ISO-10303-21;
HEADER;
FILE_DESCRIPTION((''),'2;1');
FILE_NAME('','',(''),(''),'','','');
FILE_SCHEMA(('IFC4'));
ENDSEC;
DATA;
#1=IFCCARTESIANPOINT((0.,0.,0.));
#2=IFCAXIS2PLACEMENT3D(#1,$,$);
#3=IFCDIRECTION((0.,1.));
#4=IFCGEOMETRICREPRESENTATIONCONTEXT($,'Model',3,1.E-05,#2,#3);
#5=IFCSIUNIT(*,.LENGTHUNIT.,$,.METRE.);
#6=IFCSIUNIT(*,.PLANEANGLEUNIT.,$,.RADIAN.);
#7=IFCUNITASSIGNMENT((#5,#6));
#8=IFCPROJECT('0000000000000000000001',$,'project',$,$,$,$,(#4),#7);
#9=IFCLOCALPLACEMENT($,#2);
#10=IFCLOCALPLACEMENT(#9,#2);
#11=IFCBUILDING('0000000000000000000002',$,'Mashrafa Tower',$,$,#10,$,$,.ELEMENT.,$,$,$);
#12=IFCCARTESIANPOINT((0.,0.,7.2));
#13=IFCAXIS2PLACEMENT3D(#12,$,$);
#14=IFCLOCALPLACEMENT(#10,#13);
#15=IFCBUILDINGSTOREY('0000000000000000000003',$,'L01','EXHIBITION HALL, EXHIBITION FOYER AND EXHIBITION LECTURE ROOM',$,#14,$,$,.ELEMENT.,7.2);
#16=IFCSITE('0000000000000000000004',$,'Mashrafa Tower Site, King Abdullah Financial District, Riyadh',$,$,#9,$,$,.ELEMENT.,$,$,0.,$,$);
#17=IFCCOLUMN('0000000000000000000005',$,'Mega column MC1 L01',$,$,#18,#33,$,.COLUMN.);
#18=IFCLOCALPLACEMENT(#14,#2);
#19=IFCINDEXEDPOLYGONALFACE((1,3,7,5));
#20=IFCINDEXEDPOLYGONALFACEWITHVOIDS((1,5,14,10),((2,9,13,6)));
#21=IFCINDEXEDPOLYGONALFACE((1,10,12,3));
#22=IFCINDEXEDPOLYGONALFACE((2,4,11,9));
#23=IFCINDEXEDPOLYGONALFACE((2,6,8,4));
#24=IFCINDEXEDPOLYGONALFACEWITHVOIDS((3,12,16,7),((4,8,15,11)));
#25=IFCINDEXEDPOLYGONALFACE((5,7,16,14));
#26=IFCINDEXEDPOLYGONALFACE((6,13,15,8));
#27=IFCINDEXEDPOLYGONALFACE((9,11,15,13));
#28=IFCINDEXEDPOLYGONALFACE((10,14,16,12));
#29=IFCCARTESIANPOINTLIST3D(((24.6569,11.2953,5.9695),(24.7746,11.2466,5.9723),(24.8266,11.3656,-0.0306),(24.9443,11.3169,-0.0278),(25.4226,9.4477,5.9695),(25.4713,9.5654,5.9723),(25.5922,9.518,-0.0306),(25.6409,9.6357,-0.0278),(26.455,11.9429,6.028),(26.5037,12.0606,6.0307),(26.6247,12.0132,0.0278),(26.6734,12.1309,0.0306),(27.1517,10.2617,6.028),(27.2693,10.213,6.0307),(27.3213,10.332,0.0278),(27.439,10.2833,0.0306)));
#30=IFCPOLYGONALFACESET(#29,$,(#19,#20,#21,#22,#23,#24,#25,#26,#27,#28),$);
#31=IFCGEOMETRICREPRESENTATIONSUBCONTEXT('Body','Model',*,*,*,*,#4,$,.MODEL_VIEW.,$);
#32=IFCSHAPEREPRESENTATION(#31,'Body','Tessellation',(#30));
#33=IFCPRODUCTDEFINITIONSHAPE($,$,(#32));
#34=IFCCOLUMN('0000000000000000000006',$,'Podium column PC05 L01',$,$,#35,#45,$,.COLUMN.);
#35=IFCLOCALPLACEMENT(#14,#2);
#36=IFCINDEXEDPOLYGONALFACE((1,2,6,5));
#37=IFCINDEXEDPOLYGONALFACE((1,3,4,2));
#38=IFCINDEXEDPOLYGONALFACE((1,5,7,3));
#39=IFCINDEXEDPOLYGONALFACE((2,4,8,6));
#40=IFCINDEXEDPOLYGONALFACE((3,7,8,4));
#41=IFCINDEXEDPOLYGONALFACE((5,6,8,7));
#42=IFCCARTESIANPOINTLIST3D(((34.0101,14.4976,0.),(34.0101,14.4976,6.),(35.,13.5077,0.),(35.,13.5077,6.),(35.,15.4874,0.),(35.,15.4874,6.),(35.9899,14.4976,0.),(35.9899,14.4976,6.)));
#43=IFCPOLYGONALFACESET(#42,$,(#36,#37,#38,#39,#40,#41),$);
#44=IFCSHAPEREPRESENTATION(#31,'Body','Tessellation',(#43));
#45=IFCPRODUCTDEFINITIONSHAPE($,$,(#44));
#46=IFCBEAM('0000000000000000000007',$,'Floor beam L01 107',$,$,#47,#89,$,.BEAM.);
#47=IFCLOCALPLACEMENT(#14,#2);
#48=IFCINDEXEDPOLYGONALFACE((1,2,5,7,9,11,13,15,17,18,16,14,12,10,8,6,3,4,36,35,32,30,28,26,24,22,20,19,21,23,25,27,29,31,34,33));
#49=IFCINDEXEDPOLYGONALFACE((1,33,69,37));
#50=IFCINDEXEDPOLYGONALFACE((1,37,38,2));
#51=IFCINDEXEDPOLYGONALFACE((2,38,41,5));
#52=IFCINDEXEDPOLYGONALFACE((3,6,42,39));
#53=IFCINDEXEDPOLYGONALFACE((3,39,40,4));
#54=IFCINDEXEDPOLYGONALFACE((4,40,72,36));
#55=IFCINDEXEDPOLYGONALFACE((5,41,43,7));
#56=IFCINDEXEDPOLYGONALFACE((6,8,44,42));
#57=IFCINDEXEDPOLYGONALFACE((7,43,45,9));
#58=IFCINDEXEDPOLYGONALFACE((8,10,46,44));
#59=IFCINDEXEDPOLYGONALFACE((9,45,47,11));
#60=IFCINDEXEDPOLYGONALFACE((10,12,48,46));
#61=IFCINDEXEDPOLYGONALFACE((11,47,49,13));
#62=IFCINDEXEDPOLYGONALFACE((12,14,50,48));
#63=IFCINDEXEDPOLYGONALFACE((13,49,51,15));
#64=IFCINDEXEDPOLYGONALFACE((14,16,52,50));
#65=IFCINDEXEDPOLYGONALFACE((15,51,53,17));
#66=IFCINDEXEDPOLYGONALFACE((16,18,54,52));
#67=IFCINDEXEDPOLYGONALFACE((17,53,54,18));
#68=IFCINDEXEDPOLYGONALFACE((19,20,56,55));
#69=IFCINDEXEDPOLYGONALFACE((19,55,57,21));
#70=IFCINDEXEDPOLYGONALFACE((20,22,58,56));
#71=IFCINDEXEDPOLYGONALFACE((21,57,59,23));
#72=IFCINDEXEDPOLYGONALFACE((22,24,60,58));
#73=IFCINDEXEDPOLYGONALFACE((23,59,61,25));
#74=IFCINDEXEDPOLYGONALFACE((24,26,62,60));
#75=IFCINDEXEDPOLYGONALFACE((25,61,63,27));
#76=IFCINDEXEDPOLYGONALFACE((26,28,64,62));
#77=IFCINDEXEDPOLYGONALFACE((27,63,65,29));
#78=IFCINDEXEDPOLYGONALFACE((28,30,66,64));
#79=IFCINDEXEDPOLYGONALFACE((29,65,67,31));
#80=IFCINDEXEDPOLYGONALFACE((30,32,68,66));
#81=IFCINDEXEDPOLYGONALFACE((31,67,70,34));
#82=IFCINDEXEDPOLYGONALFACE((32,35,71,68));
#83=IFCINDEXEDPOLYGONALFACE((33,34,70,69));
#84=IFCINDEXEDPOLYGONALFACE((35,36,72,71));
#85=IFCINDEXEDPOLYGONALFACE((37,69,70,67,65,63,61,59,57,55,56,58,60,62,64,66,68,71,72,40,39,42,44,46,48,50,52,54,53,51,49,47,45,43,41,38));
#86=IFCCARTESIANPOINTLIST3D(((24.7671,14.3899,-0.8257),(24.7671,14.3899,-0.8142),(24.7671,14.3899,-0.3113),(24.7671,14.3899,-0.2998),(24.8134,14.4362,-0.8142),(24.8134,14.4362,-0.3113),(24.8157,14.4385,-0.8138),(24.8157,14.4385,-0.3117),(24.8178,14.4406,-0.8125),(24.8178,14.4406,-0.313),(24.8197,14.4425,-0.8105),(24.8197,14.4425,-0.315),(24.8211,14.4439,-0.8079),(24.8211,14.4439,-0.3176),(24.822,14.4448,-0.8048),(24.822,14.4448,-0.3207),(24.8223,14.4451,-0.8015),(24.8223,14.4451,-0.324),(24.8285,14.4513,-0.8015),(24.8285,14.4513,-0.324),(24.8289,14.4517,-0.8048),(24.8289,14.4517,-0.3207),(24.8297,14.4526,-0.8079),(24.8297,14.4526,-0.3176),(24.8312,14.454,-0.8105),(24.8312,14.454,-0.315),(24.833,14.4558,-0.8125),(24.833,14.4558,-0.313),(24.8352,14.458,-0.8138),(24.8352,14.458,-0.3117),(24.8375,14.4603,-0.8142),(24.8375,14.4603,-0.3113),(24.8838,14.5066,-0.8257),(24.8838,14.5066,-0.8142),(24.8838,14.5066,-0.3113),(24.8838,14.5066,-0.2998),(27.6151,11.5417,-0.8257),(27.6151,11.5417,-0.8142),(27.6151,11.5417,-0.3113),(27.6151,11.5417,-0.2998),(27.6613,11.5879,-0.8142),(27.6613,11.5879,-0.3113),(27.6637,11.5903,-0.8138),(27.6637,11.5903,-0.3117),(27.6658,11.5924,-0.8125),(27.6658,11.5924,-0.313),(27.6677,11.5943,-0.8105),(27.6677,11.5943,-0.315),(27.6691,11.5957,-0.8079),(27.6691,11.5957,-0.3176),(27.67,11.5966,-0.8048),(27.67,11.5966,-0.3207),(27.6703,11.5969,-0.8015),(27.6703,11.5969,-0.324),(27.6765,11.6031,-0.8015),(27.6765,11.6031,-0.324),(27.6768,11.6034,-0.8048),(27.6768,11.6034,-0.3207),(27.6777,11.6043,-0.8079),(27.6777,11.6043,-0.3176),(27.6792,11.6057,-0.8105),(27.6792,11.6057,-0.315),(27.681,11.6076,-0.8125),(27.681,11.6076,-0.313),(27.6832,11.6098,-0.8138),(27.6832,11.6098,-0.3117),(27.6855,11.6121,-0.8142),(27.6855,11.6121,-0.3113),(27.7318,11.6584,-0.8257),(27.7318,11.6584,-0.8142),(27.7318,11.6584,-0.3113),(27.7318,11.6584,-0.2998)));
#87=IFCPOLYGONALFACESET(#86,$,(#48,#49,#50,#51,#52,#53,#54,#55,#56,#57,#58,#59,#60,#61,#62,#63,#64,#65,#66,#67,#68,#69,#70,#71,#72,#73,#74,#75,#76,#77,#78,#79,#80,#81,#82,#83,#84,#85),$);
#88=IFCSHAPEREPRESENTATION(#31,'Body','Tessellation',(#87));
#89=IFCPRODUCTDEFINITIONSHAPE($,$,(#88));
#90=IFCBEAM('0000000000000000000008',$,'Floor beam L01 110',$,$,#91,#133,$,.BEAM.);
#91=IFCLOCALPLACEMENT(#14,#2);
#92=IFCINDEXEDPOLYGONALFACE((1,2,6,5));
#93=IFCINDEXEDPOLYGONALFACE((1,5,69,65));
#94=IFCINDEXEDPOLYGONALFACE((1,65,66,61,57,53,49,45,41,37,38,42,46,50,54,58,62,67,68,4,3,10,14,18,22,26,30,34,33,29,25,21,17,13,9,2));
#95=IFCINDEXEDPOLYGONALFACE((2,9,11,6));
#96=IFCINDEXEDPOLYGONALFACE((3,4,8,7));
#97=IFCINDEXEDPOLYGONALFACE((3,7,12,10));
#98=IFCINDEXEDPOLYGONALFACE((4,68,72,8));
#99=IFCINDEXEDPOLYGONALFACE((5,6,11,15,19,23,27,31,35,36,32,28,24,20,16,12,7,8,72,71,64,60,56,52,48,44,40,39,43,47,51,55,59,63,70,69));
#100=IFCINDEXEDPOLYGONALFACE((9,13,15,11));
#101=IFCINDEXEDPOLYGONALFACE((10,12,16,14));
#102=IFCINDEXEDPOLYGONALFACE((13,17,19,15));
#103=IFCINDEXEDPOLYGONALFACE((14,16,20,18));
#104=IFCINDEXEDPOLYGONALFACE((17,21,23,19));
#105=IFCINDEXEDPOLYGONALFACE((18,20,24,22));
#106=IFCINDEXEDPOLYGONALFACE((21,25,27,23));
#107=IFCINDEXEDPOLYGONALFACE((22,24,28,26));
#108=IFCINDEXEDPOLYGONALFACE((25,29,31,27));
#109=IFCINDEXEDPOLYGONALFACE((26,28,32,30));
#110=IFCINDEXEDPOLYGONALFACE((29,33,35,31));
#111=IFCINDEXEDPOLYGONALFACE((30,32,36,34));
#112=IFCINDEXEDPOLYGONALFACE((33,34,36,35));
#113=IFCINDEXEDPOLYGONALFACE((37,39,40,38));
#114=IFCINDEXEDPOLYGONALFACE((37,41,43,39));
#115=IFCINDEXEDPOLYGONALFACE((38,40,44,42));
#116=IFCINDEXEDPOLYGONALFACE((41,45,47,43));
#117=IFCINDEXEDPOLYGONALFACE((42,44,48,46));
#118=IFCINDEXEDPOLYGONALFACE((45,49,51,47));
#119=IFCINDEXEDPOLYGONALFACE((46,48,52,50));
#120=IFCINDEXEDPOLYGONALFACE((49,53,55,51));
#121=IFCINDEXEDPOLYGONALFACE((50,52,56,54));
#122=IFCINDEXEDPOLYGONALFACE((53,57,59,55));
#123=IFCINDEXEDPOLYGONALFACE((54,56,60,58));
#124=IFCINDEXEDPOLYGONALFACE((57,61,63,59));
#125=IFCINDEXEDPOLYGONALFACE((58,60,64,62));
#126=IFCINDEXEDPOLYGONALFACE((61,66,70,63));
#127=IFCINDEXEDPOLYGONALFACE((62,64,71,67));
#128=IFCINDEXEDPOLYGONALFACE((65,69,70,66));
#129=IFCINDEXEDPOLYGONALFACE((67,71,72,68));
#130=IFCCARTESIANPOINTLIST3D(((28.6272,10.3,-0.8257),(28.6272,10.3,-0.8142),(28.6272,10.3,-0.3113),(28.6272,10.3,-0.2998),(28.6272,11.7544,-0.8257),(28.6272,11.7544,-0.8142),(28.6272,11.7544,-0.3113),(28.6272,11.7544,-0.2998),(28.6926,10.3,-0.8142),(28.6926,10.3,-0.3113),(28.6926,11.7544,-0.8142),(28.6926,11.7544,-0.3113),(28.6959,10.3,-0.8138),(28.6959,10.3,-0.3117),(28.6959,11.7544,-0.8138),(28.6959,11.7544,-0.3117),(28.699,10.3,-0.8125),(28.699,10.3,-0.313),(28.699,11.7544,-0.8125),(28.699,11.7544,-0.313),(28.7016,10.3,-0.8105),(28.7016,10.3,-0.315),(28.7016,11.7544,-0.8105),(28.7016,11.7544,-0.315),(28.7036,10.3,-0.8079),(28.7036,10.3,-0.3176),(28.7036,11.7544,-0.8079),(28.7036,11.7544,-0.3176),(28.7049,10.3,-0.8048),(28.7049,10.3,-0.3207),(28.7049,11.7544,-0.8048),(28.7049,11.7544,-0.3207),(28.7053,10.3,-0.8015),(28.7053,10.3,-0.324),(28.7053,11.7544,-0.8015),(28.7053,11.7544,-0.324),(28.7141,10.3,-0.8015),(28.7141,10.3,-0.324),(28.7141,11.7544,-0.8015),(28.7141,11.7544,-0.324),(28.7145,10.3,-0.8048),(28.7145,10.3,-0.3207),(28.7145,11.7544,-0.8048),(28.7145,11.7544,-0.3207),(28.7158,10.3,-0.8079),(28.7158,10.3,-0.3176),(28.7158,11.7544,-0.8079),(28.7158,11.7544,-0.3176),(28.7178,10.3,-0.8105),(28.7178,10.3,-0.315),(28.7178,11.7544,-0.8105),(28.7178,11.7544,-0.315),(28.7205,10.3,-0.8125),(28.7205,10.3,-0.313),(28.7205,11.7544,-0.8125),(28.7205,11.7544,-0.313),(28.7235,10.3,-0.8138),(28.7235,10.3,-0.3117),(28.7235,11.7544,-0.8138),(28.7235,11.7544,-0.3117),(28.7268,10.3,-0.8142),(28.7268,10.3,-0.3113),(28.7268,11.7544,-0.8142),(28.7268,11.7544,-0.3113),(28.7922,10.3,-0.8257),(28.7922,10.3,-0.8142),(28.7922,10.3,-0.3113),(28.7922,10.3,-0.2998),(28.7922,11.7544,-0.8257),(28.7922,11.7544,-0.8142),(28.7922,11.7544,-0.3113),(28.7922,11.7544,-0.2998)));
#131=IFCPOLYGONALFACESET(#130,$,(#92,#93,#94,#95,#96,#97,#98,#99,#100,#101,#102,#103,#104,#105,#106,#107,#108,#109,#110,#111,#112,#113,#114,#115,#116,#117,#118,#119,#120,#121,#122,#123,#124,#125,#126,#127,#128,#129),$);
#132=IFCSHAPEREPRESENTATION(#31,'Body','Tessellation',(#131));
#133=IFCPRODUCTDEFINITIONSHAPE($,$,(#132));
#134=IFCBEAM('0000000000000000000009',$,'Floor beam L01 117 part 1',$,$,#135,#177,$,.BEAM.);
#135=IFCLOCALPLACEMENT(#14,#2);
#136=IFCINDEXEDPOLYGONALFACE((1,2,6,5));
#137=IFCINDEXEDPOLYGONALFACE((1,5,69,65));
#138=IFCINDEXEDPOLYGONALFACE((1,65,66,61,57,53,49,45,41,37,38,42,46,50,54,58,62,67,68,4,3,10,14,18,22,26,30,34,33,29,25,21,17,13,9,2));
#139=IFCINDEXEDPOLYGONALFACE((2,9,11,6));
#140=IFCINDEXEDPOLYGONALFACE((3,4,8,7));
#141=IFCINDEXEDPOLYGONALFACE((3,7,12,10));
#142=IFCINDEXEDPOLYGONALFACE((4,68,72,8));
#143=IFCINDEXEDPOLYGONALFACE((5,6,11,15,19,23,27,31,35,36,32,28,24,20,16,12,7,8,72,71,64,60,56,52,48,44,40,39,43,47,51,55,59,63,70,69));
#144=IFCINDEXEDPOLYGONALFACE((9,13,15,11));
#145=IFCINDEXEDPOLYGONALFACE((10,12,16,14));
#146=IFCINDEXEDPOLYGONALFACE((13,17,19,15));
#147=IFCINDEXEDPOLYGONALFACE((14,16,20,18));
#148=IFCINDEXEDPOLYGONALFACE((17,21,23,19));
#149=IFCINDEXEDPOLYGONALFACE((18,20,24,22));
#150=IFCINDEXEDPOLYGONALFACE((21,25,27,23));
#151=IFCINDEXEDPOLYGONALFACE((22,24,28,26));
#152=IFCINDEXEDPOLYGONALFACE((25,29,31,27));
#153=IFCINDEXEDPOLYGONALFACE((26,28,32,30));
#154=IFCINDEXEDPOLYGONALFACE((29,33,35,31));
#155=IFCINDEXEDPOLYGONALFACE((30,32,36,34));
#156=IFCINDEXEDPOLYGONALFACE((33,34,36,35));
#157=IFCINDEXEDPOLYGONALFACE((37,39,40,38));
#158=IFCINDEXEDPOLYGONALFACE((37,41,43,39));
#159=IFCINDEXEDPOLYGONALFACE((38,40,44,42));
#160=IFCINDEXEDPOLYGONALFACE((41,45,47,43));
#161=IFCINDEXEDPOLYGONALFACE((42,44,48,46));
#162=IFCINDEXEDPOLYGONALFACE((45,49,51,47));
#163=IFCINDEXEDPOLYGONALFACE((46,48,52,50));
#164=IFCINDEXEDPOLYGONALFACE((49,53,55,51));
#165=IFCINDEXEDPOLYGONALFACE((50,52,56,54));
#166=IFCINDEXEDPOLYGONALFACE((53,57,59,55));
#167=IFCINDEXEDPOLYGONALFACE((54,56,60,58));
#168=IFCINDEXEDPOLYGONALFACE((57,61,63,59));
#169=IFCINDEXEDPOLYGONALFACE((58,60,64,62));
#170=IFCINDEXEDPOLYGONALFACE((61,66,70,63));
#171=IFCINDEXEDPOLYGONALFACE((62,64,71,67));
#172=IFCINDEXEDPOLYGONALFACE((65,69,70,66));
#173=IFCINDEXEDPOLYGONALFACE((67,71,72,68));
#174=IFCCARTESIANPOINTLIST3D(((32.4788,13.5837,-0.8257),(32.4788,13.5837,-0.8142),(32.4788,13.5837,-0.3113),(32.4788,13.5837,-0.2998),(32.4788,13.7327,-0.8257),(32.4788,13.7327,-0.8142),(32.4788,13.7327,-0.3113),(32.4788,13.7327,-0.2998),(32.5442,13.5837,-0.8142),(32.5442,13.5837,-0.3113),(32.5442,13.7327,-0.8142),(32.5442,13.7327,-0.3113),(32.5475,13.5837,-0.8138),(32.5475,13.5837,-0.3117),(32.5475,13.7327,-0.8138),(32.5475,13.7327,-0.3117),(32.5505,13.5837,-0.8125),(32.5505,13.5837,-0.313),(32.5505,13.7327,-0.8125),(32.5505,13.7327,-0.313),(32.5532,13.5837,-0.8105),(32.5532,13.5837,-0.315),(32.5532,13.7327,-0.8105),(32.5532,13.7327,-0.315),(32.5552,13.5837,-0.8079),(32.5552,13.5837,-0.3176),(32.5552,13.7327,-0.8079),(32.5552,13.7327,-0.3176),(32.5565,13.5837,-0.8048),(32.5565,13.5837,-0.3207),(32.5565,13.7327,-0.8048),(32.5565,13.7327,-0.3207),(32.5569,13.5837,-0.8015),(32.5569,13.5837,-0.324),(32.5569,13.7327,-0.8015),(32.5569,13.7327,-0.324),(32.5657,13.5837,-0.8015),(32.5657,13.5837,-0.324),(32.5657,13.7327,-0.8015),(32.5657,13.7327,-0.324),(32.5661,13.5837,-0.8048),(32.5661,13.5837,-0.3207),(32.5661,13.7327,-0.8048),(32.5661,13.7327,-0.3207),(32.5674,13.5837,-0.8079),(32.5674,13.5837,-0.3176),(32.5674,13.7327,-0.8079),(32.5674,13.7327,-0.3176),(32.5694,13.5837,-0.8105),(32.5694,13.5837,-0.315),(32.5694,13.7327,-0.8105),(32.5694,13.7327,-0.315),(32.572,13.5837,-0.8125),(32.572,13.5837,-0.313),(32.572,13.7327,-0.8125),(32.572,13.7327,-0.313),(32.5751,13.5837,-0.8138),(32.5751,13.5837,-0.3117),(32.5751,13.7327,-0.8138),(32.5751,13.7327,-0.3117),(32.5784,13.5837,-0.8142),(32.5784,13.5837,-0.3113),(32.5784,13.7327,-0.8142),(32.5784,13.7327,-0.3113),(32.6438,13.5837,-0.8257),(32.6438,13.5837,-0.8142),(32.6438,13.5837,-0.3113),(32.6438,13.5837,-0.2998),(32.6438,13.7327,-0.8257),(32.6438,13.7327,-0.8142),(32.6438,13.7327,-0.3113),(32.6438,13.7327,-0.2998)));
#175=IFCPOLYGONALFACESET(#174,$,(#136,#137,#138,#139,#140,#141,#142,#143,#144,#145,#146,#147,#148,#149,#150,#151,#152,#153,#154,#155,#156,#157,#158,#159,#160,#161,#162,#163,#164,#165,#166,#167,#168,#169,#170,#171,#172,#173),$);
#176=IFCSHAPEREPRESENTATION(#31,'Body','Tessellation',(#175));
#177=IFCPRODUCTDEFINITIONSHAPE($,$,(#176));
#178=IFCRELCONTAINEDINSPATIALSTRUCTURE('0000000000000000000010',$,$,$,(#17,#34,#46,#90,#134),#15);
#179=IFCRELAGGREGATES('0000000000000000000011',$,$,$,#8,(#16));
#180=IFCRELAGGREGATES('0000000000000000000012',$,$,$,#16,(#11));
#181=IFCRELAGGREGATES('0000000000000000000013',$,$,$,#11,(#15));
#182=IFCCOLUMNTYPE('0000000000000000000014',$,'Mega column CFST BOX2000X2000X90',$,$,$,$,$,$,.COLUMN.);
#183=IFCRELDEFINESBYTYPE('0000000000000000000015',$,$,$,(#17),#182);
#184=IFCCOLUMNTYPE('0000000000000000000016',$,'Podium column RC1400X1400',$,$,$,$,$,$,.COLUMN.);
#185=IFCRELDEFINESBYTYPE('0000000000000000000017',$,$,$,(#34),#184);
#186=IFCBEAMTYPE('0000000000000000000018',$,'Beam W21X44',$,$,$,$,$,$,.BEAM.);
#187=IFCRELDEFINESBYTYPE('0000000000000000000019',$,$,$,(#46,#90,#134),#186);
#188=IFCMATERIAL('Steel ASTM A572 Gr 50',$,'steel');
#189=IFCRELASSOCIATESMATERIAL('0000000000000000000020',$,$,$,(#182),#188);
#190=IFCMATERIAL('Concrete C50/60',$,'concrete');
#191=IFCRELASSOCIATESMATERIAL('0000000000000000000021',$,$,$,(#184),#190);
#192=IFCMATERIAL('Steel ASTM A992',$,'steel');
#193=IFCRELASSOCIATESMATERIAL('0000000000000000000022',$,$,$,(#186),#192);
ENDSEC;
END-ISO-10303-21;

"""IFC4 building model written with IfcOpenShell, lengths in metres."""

from ifc_helpers import new_model, si_unit, direction, frame, origin, origin_2d, place, context, subcontext, project, spatial, rectangle, hollow_rectangle, i_section, extrude, material, material_profile, profile_set, type_object, element, save


model = new_model("IFC4")

# Units and contexts
model_context = context("Model", 3, precision=1e-05, world=origin(), true_north=direction((0.0, 1.0)))
body_context = subcontext(model_context, "Body", "Model", "MODEL_VIEW")
ifc_project = project(units=[si_unit("LENGTHUNIT", "METRE"), si_unit("PLANEANGLEUNIT", "RADIAN")], contexts=[model_context])

# Site, building, storey
site_placement = place(None, origin())
site = spatial("IfcSite", under=ifc_project, at=site_placement, Name="Mashrafa Tower Site, King Abdullah Financial District, Riyadh", CompositionType="ELEMENT", RefElevation=0.0)
building_placement = place(site_placement, origin())
building = spatial("IfcBuilding", under=site, at=building_placement, Name="Mashrafa Tower", CompositionType="ELEMENT")
storey_placement = place(building_placement, frame((0.0, 0.0, 7.2)))
storey = spatial("IfcBuildingStorey", under=building, at=storey_placement, Name="L01", Description="EXHIBITION HALL, EXHIBITION FOYER AND EXHIBITION LECTURE ROOM", CompositionType="ELEMENT", Elevation=7.2)

# Columns
ifc_material_1 = material(Name="Steel ASTM A572 Gr 50", Category="steel")
ifc_material_profile_1 = material_profile(ifc_material_1, hollow_rectangle(XDim=2.0, YDim=2.0, WallThickness=0.0901, at=origin_2d()), Name="BOX2000X2000X90")
ifc_profile_set_1 = profile_set([ifc_material_profile_1], Name="Steel ASTM A572 Gr 50")
column_type_1 = type_object("IfcColumnType", Name="Mega column CFST BOX2000X2000X90", PredefinedType="COLUMN", material=ifc_profile_set_1)
column_1_placement = place(storey_placement, frame((26.1328, 10.8245, 0.0), z_axis=(-0.028266, -0.011713, 0.999532), x_axis=(0.382821, -0.923822, 0.0)))
element("IfcColumn", 1, at=column_1_placement, inside=storey, type_object=column_type_1, Name="Mega column MC1 L01", PredefinedType="COLUMN", context=body_context, shape_type="SweptSolid", body=[
    extrude(hollow_rectangle(XDim=2.0, YDim=2.0, WallThickness=0.0901, at=origin_2d()), origin(), (0.0, 0.0, 1.0), 6.0029),
])
ifc_material_2 = material(Name="Concrete C50/60", Category="concrete")
ifc_material_profile_2 = material_profile(ifc_material_2, rectangle(XDim=1.3999, YDim=1.3999, at=origin_2d()), Name="RC1400X1400")
ifc_profile_set_2 = profile_set([ifc_material_profile_2], Name="Concrete C50/60")
column_type_2 = type_object("IfcColumnType", Name="Podium column RC1400X1400", PredefinedType="COLUMN", material=ifc_profile_set_2)
column_2_placement = place(storey_placement, frame((35.0, 14.4976, 0.0), z_axis=(0.0, 0.0, 1.0), x_axis=(0.707107, 0.707107, 0.0)))
element("IfcColumn", 2, at=column_2_placement, inside=storey, type_object=column_type_2, Name="Podium column PC05 L01", PredefinedType="COLUMN", context=body_context, shape_type="SweptSolid", body=[
    extrude(rectangle(XDim=1.3999, YDim=1.3999, at=origin_2d()), origin(), (0.0, 0.0, 1.0), 6.0),
])

# Beams
ifc_material_3 = material(Name="Steel ASTM A992", Category="steel")
ifc_material_profile_3 = material_profile(ifc_material_3, i_section(OverallWidth=0.165, OverallDepth=0.5259, WebThickness=0.0088, FlangeThickness=0.0115, FilletRadius=0.0127, at=origin_2d()), Name="W21X44")
ifc_profile_set_3 = profile_set([ifc_material_profile_3], Name="Steel ASTM A992")
beam_type_1 = type_object("IfcBeamType", Name="Beam W21X44", PredefinedType="BEAM", material=ifc_profile_set_3)
beam_1_placement = place(storey_placement, frame((24.8254, 14.4482, -0.5627), z_axis=(0.707076, -0.707137, 0.0), x_axis=(0.707137, 0.707076, 0.0)))
element("IfcBeam", 3, at=beam_1_placement, inside=storey, type_object=beam_type_1, Name="Floor beam L01 107", PredefinedType="BEAM", context=body_context, shape_type="SweptSolid", body=[
    extrude(i_section(OverallWidth=0.165, OverallDepth=0.5259, WebThickness=0.0088, FlangeThickness=0.0115, FilletRadius=0.0127, at=origin_2d()), origin(), (0.0, 0.0, 1.0), 4.0278),
])
beam_2_placement = place(storey_placement, frame((28.7097, 11.7544, -0.5627), z_axis=(0.0, -1.0, 0.0), x_axis=(1.0, 0.0, 0.0)))
element("IfcBeam", 4, at=beam_2_placement, inside=storey, type_object=beam_type_1, Name="Floor beam L01 110", PredefinedType="BEAM", context=body_context, shape_type="SweptSolid", body=[
    extrude(i_section(OverallWidth=0.165, OverallDepth=0.5259, WebThickness=0.0088, FlangeThickness=0.0115, FilletRadius=0.0127, at=origin_2d()), origin(), (0.0, 0.0, 1.0), 1.4543),
])
beam_3_placement = place(storey_placement, frame((32.5613, 13.7327, -0.5627), z_axis=(0.0, -1.0, 0.0), x_axis=(1.0, 0.0, 0.0)))
element("IfcBeam", 5, at=beam_3_placement, inside=storey, type_object=beam_type_1, Name="Floor beam L01 117 part 1", PredefinedType="BEAM", context=body_context, shape_type="SweptSolid", body=[
    extrude(i_section(OverallWidth=0.165, OverallDepth=0.5259, WebThickness=0.0088, FlangeThickness=0.0115, FilletRadius=0.0127, at=origin_2d()), origin(), (0.0, 0.0, 1.0), 0.1489),
])

save(model, "model.ifc")
